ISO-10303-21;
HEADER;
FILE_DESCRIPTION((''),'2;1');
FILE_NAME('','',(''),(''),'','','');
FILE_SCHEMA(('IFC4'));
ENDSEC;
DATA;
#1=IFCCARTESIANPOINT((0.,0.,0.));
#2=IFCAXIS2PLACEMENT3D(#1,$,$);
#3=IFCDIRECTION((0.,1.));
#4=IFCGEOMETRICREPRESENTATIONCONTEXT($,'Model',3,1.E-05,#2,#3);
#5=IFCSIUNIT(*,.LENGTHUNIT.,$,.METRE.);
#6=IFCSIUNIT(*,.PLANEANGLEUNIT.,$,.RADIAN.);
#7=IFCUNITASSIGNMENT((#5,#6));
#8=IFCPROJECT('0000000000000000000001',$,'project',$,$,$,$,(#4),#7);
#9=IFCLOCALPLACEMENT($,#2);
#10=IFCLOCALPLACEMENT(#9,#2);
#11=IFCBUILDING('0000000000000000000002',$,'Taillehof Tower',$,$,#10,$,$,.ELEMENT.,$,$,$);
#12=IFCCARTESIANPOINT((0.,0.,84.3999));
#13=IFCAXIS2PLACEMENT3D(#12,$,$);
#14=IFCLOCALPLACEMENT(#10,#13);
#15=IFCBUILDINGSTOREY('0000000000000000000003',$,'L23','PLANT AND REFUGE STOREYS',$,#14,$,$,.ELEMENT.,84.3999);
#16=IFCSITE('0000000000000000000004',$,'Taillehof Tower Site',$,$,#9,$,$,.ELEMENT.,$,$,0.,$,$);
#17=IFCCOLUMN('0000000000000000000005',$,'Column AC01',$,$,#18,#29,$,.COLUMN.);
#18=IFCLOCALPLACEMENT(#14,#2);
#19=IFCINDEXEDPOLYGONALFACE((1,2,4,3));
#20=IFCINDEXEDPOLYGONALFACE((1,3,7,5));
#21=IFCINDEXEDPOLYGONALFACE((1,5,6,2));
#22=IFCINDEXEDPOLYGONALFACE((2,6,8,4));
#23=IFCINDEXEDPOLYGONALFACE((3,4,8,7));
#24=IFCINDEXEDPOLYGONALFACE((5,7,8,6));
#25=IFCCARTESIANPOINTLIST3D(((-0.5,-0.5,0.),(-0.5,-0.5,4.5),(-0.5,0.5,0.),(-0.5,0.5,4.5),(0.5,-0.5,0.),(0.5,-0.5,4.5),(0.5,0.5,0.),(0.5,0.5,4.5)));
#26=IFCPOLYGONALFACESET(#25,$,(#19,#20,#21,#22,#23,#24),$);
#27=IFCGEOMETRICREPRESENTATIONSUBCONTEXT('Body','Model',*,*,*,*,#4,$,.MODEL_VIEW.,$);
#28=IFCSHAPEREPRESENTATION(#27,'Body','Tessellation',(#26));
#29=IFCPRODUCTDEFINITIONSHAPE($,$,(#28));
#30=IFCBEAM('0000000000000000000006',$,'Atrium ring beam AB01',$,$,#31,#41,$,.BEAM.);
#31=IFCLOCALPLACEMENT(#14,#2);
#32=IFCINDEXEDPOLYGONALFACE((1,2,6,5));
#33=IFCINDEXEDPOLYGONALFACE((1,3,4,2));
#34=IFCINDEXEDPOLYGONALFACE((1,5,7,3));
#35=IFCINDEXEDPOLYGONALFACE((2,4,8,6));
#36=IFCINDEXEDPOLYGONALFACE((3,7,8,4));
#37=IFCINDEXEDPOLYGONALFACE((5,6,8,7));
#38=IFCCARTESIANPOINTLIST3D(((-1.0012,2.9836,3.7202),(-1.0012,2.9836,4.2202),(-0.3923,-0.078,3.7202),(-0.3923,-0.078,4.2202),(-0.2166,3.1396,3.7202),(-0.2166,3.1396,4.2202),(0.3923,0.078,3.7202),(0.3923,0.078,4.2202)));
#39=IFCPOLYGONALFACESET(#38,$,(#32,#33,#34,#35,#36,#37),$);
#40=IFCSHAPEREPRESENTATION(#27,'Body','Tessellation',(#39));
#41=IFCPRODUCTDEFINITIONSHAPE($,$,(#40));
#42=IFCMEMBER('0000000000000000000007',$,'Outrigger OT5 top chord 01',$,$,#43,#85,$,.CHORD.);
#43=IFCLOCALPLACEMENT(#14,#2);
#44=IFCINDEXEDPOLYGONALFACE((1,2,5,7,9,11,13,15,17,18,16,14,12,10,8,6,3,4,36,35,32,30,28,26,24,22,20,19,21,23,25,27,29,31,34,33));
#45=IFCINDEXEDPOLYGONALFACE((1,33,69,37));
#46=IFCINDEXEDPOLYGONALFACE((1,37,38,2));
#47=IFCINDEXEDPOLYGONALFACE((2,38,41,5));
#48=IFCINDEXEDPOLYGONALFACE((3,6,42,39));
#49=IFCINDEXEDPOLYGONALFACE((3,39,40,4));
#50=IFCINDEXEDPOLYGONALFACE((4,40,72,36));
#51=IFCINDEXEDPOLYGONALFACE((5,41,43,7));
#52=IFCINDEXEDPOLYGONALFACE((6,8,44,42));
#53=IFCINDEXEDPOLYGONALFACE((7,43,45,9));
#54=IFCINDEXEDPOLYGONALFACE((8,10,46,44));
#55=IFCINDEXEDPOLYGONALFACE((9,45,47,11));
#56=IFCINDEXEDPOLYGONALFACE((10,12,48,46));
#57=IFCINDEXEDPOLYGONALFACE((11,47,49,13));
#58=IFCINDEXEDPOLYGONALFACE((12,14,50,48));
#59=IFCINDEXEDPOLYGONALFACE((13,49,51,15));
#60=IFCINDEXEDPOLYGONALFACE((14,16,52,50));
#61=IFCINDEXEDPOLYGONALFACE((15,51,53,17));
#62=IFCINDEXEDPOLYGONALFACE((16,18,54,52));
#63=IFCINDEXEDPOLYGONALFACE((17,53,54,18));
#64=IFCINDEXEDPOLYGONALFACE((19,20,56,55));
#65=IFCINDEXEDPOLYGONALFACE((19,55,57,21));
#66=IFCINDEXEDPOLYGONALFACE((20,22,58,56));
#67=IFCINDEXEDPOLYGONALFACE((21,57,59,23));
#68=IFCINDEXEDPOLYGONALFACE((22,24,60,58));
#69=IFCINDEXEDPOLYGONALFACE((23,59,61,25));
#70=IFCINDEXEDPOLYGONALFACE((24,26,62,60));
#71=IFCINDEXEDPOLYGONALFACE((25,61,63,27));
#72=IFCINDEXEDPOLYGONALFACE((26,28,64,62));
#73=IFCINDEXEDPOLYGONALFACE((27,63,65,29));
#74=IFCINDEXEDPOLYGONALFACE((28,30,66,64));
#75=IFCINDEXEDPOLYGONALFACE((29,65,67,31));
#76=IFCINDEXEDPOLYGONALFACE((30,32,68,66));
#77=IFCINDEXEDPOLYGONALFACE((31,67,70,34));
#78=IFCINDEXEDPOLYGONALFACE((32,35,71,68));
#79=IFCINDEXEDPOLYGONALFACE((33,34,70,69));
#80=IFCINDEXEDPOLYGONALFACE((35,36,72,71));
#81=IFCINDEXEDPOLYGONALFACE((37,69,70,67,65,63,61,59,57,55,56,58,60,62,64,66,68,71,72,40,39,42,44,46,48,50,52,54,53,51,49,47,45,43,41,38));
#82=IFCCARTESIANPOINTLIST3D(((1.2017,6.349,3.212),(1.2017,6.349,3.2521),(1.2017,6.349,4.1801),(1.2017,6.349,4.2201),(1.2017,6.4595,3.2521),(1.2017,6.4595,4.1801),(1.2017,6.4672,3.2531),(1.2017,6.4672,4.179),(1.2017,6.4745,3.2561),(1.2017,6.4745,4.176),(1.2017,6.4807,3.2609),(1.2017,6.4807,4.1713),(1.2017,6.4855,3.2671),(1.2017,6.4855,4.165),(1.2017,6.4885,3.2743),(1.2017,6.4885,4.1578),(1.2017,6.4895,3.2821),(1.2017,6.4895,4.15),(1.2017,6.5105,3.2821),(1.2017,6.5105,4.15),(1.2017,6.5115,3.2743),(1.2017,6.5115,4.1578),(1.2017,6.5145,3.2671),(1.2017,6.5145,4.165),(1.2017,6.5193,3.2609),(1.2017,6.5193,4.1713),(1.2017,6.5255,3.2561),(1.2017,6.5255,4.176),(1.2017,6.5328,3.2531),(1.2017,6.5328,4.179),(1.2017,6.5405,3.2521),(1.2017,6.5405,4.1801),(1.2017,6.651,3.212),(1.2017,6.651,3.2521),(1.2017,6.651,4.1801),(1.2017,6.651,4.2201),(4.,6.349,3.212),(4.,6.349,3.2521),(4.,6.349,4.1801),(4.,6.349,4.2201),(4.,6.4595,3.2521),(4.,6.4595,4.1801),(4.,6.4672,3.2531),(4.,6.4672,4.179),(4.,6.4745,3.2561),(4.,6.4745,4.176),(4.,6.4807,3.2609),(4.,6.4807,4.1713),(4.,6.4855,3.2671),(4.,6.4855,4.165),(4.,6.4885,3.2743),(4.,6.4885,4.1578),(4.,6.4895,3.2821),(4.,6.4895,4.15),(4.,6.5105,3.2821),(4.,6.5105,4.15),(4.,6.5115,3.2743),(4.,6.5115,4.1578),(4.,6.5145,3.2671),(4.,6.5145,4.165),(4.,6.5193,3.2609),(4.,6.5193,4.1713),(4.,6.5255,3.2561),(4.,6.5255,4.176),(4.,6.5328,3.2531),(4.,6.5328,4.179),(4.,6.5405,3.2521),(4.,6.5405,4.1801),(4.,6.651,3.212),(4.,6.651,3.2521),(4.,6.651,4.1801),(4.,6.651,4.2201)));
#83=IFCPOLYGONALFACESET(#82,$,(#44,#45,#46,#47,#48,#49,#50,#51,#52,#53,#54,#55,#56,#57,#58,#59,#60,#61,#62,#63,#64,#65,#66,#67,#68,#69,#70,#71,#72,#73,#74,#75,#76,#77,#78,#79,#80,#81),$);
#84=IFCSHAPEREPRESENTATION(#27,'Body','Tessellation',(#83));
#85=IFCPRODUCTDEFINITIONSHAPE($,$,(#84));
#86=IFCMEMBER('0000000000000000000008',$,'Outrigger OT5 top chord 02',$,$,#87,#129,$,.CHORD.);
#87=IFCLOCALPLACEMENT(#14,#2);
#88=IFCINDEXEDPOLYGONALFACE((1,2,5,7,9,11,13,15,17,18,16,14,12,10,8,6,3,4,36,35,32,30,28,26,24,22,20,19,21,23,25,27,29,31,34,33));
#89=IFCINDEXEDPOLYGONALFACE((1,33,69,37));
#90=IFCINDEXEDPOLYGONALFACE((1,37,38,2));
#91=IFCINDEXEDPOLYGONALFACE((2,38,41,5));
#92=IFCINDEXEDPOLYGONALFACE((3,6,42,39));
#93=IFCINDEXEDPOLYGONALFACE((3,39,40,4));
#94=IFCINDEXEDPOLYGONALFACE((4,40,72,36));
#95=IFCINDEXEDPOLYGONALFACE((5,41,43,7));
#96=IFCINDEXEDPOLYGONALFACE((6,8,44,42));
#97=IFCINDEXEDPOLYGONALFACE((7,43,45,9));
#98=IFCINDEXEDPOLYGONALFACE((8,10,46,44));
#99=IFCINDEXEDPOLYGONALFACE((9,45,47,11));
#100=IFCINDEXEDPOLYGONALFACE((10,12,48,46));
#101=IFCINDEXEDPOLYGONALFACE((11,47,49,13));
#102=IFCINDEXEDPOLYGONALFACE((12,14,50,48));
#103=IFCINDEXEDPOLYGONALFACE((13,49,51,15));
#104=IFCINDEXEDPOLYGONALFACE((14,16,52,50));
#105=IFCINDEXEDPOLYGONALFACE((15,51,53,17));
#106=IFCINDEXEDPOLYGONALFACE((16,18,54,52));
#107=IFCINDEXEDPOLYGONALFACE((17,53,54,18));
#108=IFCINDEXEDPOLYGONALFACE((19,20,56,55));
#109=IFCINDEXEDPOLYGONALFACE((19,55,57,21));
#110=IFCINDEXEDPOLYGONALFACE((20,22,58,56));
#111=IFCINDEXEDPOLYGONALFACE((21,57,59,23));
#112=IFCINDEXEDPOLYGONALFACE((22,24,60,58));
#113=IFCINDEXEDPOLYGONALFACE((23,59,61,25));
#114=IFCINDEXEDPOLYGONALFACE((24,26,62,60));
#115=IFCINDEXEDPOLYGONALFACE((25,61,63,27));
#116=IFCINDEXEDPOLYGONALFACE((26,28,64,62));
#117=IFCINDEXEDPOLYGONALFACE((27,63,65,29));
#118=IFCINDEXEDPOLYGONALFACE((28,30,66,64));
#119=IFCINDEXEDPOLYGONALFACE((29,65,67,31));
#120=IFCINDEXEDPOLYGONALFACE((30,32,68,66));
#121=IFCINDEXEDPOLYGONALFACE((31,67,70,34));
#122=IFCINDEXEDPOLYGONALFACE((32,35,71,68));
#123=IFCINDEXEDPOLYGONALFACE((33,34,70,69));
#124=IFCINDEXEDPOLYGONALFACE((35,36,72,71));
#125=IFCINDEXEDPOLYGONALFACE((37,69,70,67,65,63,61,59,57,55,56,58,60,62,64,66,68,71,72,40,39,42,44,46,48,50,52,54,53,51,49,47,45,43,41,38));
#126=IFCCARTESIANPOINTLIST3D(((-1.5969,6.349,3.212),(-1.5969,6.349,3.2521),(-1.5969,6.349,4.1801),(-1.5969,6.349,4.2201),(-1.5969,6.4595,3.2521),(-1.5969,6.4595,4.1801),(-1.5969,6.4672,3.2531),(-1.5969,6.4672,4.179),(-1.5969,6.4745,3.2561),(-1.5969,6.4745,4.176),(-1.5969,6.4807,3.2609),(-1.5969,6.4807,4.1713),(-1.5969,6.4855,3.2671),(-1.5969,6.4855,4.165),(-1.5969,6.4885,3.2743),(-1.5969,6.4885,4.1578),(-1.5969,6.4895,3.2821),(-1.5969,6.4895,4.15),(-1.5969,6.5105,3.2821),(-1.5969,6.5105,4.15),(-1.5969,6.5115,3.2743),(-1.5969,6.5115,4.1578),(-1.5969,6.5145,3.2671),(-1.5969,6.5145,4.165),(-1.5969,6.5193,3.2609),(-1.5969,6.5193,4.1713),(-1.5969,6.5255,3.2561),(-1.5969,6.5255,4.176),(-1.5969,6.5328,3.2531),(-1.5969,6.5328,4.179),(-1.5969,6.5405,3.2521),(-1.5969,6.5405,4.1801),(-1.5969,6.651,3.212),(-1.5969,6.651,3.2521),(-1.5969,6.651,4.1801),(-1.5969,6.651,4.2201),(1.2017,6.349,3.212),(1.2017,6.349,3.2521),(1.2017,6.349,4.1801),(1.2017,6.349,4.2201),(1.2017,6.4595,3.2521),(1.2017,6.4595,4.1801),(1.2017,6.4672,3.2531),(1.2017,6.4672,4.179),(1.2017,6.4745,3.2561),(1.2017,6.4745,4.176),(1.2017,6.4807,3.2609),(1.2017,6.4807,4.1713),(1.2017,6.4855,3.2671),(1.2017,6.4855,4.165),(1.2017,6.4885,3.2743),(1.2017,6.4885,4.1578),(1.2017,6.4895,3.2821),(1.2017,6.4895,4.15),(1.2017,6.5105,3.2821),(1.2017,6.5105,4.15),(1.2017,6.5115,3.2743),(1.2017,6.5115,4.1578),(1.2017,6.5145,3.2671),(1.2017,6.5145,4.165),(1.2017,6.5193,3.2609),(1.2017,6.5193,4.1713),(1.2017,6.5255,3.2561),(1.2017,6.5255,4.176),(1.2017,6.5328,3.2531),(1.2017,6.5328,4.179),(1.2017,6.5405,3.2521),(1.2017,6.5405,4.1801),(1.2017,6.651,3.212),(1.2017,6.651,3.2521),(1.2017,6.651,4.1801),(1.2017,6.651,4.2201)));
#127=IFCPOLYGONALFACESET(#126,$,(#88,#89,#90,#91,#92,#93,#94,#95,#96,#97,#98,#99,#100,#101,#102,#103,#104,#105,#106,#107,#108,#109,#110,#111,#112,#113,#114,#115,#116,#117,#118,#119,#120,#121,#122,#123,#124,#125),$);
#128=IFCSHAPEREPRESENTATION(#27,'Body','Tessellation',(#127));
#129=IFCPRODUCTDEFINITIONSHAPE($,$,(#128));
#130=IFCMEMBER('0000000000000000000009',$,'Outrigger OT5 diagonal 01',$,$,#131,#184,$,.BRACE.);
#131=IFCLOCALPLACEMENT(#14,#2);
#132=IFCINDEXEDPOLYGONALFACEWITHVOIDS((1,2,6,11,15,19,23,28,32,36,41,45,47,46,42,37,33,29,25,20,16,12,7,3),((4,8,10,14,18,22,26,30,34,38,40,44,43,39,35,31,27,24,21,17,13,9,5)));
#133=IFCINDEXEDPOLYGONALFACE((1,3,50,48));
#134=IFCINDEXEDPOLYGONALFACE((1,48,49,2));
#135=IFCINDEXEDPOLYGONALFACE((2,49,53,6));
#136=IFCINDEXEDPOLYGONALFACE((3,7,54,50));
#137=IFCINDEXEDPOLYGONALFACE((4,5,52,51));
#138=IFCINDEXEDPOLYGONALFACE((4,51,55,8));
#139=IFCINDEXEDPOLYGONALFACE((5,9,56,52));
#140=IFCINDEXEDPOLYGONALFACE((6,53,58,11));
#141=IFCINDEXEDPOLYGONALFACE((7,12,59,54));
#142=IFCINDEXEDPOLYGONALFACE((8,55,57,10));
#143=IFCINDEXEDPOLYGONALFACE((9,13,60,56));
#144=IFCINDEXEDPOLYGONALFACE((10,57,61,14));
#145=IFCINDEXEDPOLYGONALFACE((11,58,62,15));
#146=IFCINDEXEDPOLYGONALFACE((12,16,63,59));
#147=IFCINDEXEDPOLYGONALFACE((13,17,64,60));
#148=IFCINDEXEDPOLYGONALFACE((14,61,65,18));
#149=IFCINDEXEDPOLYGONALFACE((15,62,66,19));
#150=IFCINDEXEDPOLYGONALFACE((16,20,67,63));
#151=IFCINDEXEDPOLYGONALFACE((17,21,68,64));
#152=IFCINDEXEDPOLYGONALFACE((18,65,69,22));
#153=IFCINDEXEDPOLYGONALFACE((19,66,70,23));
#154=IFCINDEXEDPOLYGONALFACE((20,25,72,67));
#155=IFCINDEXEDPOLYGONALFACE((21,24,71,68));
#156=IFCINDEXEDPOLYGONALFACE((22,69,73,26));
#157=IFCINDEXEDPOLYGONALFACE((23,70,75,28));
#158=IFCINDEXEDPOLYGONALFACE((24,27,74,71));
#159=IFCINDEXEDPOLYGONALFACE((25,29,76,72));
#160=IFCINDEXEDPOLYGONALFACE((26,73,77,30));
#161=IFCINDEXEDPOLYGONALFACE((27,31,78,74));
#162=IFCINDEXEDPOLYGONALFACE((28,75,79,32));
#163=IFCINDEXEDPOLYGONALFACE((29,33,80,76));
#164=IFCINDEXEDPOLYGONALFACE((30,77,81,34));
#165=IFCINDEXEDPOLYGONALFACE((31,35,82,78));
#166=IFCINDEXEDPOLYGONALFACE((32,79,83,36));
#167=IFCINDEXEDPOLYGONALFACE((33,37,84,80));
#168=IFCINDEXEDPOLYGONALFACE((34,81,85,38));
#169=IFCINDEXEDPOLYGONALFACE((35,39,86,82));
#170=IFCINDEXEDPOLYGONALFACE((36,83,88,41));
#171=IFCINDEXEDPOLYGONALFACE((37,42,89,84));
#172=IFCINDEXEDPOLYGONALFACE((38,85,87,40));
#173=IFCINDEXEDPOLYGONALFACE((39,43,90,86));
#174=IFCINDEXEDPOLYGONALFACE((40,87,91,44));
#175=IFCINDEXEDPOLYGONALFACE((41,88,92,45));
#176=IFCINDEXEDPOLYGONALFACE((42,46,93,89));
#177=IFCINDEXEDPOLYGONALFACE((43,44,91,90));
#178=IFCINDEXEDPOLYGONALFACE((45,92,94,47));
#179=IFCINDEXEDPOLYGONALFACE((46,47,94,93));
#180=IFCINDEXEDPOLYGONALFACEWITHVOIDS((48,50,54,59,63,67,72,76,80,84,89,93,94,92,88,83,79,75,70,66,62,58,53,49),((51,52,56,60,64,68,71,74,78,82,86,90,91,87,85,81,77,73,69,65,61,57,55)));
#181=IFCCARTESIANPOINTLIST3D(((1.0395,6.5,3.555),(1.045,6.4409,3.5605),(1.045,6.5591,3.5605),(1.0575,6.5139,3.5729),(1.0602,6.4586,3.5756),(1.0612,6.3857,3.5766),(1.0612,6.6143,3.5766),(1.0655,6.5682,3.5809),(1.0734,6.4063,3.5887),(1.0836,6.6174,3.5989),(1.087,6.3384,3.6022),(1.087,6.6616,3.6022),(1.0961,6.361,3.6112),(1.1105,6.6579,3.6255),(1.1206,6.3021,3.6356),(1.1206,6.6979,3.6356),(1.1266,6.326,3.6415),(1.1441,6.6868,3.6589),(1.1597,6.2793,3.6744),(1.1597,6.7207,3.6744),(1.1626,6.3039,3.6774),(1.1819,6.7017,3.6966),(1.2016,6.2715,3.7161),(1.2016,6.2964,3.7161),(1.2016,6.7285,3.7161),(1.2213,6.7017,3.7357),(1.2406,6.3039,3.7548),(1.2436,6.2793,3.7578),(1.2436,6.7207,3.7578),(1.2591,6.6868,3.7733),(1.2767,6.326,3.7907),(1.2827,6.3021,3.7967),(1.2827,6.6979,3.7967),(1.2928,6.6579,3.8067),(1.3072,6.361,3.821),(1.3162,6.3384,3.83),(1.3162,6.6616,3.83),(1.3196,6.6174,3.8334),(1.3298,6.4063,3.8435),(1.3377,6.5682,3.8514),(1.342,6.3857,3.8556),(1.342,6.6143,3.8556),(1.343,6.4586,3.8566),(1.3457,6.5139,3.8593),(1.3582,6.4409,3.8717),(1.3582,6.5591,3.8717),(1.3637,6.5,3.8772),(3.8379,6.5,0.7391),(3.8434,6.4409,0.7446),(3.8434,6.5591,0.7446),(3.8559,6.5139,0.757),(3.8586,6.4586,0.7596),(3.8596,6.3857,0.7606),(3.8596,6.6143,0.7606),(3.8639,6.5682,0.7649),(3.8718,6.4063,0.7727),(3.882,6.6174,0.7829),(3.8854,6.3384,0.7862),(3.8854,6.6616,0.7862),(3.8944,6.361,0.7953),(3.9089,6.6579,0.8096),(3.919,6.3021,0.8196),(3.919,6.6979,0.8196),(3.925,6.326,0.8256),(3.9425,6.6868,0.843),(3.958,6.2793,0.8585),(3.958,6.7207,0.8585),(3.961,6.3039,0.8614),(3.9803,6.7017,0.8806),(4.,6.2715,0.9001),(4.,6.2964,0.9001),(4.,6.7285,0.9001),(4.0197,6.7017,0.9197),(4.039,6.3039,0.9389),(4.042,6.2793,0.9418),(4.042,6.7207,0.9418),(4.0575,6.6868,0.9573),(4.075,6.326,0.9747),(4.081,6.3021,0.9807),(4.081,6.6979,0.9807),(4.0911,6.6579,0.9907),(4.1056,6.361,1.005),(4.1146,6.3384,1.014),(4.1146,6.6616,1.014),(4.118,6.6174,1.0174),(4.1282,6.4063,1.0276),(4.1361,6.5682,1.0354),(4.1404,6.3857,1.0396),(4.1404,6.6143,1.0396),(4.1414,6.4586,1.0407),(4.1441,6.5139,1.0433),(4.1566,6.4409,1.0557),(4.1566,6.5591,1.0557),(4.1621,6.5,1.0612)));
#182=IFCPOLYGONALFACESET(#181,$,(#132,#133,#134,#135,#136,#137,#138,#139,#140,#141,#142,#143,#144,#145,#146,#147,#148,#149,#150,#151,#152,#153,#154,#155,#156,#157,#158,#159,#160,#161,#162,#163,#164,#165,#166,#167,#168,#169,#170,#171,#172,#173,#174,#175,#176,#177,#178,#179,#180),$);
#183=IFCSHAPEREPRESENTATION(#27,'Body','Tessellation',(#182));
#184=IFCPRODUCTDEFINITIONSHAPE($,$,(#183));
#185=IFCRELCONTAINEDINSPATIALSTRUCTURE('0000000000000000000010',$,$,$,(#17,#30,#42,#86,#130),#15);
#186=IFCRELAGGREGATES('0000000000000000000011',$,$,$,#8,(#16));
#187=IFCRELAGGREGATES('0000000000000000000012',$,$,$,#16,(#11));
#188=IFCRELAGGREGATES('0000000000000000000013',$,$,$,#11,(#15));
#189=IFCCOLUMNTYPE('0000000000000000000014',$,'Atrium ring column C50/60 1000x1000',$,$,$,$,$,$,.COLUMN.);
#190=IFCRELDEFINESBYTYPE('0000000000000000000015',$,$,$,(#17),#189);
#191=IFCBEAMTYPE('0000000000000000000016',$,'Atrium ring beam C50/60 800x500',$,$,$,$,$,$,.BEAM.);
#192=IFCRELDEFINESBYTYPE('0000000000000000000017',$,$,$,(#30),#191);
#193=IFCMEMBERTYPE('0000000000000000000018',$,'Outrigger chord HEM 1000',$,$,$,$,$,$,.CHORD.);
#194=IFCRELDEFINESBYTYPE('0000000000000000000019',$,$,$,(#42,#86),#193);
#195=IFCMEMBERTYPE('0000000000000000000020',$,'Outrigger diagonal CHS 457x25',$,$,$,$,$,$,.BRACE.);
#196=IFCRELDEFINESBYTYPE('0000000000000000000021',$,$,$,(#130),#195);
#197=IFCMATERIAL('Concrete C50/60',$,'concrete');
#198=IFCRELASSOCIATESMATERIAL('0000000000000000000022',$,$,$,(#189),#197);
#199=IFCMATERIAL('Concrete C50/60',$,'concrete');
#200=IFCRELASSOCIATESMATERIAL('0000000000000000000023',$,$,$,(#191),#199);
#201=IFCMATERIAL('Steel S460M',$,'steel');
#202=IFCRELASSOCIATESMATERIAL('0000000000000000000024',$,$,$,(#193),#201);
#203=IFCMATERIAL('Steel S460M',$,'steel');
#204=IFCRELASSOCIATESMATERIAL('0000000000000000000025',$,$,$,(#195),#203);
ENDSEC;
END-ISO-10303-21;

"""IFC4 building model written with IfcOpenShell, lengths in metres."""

from ifc_helpers import new_model, si_unit, direction, frame, origin, origin_with_axes, origin_2d, place, context, subcontext, project, spatial, rectangle, hollow_circle, i_section, extrude, material, material_profile, profile_set, type_object, element, save


model = new_model("IFC4")

# Units and contexts
model_context = context("Model", 3, precision=1e-05, world=origin(), true_north=direction((0.0, 1.0)))
body_context = subcontext(model_context, "Body", "Model", "MODEL_VIEW")
ifc_project = project(units=[si_unit("LENGTHUNIT", "METRE"), si_unit("PLANEANGLEUNIT", "RADIAN")], contexts=[model_context])

# Site, building, storey
site_placement = place(None, origin())
site = spatial("IfcSite", under=ifc_project, at=site_placement, Name="Taillehof Tower Site", CompositionType="ELEMENT", RefElevation=0.0)
building_placement = place(site_placement, origin())
building = spatial("IfcBuilding", under=site, at=building_placement, Name="Taillehof Tower", CompositionType="ELEMENT")
storey_placement = place(building_placement, frame((0.0, 0.0, 84.3999)))
storey = spatial("IfcBuildingStorey", under=building, at=storey_placement, Name="L23", Description="PLANT AND REFUGE STOREYS", CompositionType="ELEMENT", Elevation=84.3999)

# Column
ifc_material_1 = material(Name="Concrete C50/60", Category="concrete")
ifc_material_profile_1 = material_profile(ifc_material_1, rectangle(XDim=1.0, YDim=1.0, at=origin_2d()), Name="RC 1000x1000")
ifc_profile_set_1 = profile_set([ifc_material_profile_1], Name="Concrete C50/60")
column_type = type_object("IfcColumnType", Name="Atrium ring column C50/60 1000x1000", PredefinedType="COLUMN", material=ifc_profile_set_1)
column_placement = place(storey_placement, origin_with_axes())
element("IfcColumn", 1, at=column_placement, inside=storey, type_object=column_type, Name="Column AC01", PredefinedType="COLUMN", context=body_context, shape_type="SweptSolid", body=[
    extrude(rectangle(XDim=1.0, YDim=1.0, at=origin_2d()), origin(), (0.0, 0.0, 1.0), 4.5),
])

# Beam
ifc_material_2 = material(Name="Concrete C50/60", Category="concrete")
ifc_material_profile_2 = material_profile(ifc_material_2, rectangle(XDim=0.8, YDim=0.5, at=origin_2d()), Name="RC 800x500")
ifc_profile_set_2 = profile_set([ifc_material_profile_2], Name="Concrete C50/60")
beam_type_1 = type_object("IfcBeamType", Name="Atrium ring beam C50/60 800x500", PredefinedType="BEAM", material=ifc_profile_set_2)
beam_1_placement = place(storey_placement, frame((0.0, 0.0, 3.9702), z_axis=(-0.195063, 0.980791, 0.0), x_axis=(-0.980791, -0.195063, 0.0)))
element("IfcBeam", 2, at=beam_1_placement, inside=storey, type_object=beam_type_1, Name="Atrium ring beam AB01", PredefinedType="BEAM", context=body_context, shape_type="SweptSolid", body=[
    extrude(rectangle(XDim=0.8, YDim=0.5, at=origin_2d()), origin(), (0.0, 0.0, 1.0), 3.1216),
])

# Members
ifc_material_3 = material(Name="Steel S460M", Category="steel")
ifc_material_profile_3 = material_profile(ifc_material_3, i_section(OverallWidth=0.302, OverallDepth=1.0081, WebThickness=0.021, FlangeThickness=0.04, FilletRadius=0.03, at=origin_2d()), Name="HEM 1000")
ifc_profile_set_3 = profile_set([ifc_material_profile_3], Name="Steel S460M")
member_type_1 = type_object("IfcMemberType", Name="Outrigger chord HEM 1000", PredefinedType="CHORD", material=ifc_profile_set_3)
member_1_placement = place(storey_placement, frame((4.0, 6.5, 3.7161), z_axis=(-1.0, 0.0, 0.0), x_axis=(0.0, -1.0, 0.0)))
element("IfcMember", 3, at=member_1_placement, inside=storey, type_object=member_type_1, Name="Outrigger OT5 top chord 01", PredefinedType="CHORD", context=body_context, shape_type="SweptSolid", body=[
    extrude(i_section(OverallWidth=0.302, OverallDepth=1.0081, WebThickness=0.021, FlangeThickness=0.04, FilletRadius=0.03, at=origin_2d()), origin(), (0.0, 0.0, 1.0), 2.7983),
])
member_2_placement = place(storey_placement, frame((1.2017, 6.5, 3.7161), z_axis=(-1.0, 0.0, 0.0), x_axis=(0.0, -1.0, 0.0)))
element("IfcMember", 4, at=member_2_placement, inside=storey, type_object=member_type_1, Name="Outrigger OT5 top chord 02", PredefinedType="CHORD", context=body_context, shape_type="SweptSolid", body=[
    extrude(i_section(OverallWidth=0.302, OverallDepth=1.0081, WebThickness=0.021, FlangeThickness=0.04, FilletRadius=0.03, at=origin_2d()), origin(), (0.0, 0.0, 1.0), 2.7986),
])
ifc_material_4 = material(Name="Steel S460M", Category="steel")
ifc_material_profile_4 = material_profile(ifc_material_4, hollow_circle(Radius=0.2285, WallThickness=0.0249, at=origin_2d()), Name="CHS 457x25")
ifc_profile_set_4 = profile_set([ifc_material_profile_4], Name="Steel S460M")
member_type_2 = type_object("IfcMemberType", Name="Outrigger diagonal CHS 457x25", PredefinedType="BRACE", material=ifc_profile_set_4)
member_3_placement = place(storey_placement, frame((4.0, 6.5, 0.9001), z_axis=(-0.704889, 0.0, 0.709317), x_axis=(0.0, -1.0, 0.0)))
element("IfcMember", 5, at=member_3_placement, inside=storey, type_object=member_type_2, Name="Outrigger OT5 diagonal 01", PredefinedType="BRACE", context=body_context, shape_type="SweptSolid", body=[
    extrude(hollow_circle(Radius=0.2285, WallThickness=0.0249, at=origin_2d()), origin(), (0.0, 0.0, 1.0), 3.97),
])

save(model, "model.ifc")
